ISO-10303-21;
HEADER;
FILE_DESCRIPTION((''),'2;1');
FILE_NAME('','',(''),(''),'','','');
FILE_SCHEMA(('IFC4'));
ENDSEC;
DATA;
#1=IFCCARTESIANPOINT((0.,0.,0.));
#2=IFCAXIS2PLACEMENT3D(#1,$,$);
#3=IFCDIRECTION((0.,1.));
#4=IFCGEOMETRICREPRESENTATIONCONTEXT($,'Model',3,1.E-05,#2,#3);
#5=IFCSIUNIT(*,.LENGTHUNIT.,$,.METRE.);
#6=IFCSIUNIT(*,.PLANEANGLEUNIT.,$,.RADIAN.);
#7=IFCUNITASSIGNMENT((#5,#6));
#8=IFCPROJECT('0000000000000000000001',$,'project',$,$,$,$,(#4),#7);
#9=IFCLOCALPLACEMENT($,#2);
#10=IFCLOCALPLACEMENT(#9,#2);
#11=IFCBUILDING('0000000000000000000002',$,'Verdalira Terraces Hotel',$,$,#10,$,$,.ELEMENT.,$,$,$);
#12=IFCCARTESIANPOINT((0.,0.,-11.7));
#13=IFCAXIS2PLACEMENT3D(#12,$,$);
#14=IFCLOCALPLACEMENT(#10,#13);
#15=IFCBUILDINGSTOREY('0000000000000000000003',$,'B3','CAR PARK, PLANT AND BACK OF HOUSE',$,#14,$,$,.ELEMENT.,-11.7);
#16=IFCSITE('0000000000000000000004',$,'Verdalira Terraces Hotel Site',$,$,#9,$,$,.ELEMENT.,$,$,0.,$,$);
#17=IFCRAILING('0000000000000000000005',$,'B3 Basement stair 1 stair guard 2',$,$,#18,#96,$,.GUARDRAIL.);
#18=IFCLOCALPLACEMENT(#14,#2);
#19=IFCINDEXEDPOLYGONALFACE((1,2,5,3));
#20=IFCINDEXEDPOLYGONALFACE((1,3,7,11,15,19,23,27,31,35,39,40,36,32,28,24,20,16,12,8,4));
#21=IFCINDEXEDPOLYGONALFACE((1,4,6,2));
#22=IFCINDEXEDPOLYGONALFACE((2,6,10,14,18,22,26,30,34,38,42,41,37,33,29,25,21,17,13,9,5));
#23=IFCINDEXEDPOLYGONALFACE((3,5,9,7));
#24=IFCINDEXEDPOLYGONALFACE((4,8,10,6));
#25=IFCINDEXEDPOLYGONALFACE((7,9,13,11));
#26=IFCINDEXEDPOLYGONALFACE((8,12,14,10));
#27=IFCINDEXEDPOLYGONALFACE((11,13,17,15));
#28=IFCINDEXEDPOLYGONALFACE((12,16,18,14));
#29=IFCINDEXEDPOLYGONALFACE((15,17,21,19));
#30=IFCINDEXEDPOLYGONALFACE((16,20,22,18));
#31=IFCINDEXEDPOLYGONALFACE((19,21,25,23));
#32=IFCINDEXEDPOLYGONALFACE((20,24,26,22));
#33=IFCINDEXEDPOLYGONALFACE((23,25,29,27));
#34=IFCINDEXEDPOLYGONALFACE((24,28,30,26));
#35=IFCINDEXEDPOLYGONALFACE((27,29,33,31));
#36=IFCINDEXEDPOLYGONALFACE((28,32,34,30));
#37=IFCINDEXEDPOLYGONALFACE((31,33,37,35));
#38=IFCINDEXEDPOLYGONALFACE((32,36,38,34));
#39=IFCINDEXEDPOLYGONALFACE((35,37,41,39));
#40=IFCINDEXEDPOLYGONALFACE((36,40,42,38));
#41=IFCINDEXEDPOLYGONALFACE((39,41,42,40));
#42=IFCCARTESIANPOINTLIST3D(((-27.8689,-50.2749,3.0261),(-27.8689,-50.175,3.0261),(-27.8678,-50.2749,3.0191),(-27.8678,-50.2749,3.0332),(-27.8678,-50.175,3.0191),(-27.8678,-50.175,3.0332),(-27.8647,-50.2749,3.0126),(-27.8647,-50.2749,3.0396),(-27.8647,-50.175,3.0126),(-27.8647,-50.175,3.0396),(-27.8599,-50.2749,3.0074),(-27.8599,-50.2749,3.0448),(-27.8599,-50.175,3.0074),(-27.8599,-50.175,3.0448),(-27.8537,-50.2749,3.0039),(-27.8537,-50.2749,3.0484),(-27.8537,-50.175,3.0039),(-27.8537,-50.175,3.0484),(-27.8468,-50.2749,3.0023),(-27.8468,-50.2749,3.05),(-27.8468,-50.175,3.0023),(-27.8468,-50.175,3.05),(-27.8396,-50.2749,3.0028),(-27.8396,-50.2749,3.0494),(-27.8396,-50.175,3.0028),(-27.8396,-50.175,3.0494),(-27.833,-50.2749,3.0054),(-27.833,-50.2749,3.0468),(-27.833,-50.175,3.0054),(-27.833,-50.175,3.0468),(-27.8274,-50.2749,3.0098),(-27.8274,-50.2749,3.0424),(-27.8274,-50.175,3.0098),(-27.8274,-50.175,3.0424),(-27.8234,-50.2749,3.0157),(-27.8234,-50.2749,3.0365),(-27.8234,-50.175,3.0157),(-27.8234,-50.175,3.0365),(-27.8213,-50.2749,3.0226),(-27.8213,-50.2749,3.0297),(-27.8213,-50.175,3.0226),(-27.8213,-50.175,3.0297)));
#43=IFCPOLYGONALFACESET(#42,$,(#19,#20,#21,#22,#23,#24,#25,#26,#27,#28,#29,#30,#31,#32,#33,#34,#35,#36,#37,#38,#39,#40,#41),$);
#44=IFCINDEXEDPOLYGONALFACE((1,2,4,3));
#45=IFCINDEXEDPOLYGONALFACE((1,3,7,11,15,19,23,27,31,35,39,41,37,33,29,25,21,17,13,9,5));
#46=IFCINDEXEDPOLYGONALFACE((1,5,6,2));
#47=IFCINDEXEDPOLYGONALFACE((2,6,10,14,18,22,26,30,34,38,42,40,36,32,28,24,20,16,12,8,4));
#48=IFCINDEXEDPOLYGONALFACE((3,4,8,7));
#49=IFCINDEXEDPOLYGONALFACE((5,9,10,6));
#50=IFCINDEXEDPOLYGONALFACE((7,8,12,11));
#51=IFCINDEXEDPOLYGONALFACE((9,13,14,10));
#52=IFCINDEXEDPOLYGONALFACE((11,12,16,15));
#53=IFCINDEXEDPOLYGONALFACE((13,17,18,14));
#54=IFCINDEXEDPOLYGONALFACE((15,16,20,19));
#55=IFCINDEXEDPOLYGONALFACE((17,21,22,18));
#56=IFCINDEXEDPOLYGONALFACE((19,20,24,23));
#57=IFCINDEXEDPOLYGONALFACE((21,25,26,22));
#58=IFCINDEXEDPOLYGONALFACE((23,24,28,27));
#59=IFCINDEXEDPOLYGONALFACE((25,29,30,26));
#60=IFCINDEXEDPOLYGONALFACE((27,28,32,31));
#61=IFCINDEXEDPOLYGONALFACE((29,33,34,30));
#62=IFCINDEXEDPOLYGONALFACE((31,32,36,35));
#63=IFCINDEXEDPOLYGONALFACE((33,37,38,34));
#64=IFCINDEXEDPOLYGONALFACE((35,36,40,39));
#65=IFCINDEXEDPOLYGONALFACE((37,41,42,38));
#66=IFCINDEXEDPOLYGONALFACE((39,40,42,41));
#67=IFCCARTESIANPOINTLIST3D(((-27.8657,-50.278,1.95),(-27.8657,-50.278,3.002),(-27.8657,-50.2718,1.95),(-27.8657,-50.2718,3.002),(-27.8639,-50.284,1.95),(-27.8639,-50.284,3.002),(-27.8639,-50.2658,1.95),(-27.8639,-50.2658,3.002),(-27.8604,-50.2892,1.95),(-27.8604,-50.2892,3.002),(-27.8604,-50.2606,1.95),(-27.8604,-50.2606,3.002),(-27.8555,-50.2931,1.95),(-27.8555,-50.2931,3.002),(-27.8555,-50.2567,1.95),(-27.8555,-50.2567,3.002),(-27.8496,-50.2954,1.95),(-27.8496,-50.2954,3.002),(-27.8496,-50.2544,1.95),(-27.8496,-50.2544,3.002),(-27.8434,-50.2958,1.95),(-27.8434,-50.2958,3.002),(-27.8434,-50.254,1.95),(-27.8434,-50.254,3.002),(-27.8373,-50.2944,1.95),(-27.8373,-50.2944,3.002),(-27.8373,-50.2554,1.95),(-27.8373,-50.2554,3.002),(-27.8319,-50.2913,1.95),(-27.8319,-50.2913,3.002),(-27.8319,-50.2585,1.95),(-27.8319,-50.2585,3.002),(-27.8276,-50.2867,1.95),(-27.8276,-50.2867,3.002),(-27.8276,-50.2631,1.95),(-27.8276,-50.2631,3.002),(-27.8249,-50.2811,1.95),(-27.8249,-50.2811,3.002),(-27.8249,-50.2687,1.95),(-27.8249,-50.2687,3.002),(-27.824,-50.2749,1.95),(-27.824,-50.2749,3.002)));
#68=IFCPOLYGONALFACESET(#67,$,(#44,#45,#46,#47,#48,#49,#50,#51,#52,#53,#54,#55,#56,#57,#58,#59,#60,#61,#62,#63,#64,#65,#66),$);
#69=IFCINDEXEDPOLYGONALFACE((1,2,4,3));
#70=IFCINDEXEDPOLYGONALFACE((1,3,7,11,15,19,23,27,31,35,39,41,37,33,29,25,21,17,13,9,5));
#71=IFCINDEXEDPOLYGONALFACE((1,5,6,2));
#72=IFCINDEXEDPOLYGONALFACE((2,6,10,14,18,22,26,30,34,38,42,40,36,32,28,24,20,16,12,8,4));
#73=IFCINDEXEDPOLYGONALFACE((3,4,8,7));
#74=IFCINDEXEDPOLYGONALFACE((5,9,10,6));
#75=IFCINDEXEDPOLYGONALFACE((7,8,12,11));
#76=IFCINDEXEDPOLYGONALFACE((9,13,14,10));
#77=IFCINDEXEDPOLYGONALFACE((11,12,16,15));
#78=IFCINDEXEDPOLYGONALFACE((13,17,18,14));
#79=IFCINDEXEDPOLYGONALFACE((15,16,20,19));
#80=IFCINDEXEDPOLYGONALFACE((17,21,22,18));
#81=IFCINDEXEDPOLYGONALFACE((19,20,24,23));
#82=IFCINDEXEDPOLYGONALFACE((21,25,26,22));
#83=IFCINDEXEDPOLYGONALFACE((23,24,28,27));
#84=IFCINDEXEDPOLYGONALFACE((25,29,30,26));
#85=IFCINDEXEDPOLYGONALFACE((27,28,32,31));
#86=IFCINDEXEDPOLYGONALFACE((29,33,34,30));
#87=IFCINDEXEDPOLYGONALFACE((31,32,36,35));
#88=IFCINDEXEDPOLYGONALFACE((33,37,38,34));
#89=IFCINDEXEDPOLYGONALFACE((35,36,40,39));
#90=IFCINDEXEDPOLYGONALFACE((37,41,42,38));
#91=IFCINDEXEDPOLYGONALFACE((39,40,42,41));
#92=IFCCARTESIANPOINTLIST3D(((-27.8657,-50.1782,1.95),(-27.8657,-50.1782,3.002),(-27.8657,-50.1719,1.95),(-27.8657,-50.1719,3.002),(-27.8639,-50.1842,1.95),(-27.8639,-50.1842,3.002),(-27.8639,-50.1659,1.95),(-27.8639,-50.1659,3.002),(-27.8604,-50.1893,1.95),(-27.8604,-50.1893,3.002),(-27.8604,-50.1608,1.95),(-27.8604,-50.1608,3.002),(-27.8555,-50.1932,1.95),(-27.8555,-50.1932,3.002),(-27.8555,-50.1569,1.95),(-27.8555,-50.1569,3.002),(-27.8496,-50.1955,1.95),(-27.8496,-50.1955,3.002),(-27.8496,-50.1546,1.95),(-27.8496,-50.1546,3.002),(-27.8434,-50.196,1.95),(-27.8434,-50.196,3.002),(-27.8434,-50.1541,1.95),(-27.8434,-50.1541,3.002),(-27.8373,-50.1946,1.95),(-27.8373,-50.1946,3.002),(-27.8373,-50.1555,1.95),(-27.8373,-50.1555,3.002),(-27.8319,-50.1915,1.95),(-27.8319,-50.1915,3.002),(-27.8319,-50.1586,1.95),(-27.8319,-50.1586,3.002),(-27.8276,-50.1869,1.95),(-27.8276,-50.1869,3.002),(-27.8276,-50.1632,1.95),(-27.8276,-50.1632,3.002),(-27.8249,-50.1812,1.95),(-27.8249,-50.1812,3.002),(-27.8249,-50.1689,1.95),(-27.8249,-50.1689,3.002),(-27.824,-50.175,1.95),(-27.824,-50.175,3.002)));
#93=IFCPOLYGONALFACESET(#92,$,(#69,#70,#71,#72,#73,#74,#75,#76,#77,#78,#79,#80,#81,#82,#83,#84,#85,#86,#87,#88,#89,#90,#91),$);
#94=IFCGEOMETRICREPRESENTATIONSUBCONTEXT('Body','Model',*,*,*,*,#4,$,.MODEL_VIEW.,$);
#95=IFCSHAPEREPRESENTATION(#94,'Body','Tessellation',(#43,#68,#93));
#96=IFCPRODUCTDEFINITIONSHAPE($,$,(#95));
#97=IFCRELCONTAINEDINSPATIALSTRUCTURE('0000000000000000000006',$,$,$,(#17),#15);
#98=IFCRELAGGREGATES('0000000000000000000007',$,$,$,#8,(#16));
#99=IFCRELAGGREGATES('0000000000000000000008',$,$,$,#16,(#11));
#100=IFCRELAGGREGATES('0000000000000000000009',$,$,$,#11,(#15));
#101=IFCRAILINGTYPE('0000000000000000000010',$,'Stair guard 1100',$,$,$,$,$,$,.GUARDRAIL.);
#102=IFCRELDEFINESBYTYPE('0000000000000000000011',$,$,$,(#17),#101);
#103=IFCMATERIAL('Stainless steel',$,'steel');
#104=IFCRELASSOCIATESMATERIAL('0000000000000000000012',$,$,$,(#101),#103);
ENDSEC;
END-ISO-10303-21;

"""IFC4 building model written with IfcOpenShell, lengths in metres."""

from ifc_helpers import new_model, si_unit, direction, frame, origin, origin_2d, place, context, subcontext, project, spatial, circle, extrude, material, type_object, element, save


model = new_model("IFC4")

# Units and contexts
model_context = context("Model", 3, precision=1e-05, world=origin(), true_north=direction((0.0, 1.0)))
body_context = subcontext(model_context, "Body", "Model", "MODEL_VIEW")
ifc_project = project(units=[si_unit("LENGTHUNIT", "METRE"), si_unit("PLANEANGLEUNIT", "RADIAN")], contexts=[model_context])

# Site, building, storey
site_placement = place(None, origin())
site = spatial("IfcSite", under=ifc_project, at=site_placement, Name="Verdalira Terraces Hotel Site", CompositionType="ELEMENT", RefElevation=0.0)
building_placement = place(site_placement, origin())
building = spatial("IfcBuilding", under=site, at=building_placement, Name="Verdalira Terraces Hotel", CompositionType="ELEMENT")
storey_placement = place(building_placement, frame((0.0, 0.0, -11.7)))
storey = spatial("IfcBuildingStorey", under=building, at=storey_placement, Name="B3", Description="CAR PARK, PLANT AND BACK OF HOUSE", CompositionType="ELEMENT", Elevation=-11.7)

# Railing
ifc_material_1 = material(Name="Stainless steel", Category="steel")
railing_type_1 = type_object("IfcRailingType", Name="Stair guard 1100", PredefinedType="GUARDRAIL", material=ifc_material_1)
railing_1_placement = place(storey_placement, frame((-27.845, -50.2749, 1.95)))
element("IfcRailing", 1, at=railing_1_placement, inside=storey, type_object=railing_type_1, Name="B3 Basement stair 1 stair guard 2", PredefinedType="GUARDRAIL", context=body_context, shape_type="SweptSolid", body=[
    extrude(circle(Radius=0.0239, at=origin_2d()), frame((0.0, 0.0, 1.0762), z_axis=(0.0, 1.0, 0.0), x_axis=(-1.0, 0.0, 0.0)), (0.0, 0.0, 1.0), 0.0999),
    extrude(circle(Radius=0.021, at=origin_2d()), origin(), (0.0, 0.0, 1.0), 1.052),
    extrude(circle(Radius=0.021, at=origin_2d()), frame((0.0, 0.0999, 0.0)), (0.0, 0.0, 1.0), 1.052),
])

save(model, "model.ifc")
